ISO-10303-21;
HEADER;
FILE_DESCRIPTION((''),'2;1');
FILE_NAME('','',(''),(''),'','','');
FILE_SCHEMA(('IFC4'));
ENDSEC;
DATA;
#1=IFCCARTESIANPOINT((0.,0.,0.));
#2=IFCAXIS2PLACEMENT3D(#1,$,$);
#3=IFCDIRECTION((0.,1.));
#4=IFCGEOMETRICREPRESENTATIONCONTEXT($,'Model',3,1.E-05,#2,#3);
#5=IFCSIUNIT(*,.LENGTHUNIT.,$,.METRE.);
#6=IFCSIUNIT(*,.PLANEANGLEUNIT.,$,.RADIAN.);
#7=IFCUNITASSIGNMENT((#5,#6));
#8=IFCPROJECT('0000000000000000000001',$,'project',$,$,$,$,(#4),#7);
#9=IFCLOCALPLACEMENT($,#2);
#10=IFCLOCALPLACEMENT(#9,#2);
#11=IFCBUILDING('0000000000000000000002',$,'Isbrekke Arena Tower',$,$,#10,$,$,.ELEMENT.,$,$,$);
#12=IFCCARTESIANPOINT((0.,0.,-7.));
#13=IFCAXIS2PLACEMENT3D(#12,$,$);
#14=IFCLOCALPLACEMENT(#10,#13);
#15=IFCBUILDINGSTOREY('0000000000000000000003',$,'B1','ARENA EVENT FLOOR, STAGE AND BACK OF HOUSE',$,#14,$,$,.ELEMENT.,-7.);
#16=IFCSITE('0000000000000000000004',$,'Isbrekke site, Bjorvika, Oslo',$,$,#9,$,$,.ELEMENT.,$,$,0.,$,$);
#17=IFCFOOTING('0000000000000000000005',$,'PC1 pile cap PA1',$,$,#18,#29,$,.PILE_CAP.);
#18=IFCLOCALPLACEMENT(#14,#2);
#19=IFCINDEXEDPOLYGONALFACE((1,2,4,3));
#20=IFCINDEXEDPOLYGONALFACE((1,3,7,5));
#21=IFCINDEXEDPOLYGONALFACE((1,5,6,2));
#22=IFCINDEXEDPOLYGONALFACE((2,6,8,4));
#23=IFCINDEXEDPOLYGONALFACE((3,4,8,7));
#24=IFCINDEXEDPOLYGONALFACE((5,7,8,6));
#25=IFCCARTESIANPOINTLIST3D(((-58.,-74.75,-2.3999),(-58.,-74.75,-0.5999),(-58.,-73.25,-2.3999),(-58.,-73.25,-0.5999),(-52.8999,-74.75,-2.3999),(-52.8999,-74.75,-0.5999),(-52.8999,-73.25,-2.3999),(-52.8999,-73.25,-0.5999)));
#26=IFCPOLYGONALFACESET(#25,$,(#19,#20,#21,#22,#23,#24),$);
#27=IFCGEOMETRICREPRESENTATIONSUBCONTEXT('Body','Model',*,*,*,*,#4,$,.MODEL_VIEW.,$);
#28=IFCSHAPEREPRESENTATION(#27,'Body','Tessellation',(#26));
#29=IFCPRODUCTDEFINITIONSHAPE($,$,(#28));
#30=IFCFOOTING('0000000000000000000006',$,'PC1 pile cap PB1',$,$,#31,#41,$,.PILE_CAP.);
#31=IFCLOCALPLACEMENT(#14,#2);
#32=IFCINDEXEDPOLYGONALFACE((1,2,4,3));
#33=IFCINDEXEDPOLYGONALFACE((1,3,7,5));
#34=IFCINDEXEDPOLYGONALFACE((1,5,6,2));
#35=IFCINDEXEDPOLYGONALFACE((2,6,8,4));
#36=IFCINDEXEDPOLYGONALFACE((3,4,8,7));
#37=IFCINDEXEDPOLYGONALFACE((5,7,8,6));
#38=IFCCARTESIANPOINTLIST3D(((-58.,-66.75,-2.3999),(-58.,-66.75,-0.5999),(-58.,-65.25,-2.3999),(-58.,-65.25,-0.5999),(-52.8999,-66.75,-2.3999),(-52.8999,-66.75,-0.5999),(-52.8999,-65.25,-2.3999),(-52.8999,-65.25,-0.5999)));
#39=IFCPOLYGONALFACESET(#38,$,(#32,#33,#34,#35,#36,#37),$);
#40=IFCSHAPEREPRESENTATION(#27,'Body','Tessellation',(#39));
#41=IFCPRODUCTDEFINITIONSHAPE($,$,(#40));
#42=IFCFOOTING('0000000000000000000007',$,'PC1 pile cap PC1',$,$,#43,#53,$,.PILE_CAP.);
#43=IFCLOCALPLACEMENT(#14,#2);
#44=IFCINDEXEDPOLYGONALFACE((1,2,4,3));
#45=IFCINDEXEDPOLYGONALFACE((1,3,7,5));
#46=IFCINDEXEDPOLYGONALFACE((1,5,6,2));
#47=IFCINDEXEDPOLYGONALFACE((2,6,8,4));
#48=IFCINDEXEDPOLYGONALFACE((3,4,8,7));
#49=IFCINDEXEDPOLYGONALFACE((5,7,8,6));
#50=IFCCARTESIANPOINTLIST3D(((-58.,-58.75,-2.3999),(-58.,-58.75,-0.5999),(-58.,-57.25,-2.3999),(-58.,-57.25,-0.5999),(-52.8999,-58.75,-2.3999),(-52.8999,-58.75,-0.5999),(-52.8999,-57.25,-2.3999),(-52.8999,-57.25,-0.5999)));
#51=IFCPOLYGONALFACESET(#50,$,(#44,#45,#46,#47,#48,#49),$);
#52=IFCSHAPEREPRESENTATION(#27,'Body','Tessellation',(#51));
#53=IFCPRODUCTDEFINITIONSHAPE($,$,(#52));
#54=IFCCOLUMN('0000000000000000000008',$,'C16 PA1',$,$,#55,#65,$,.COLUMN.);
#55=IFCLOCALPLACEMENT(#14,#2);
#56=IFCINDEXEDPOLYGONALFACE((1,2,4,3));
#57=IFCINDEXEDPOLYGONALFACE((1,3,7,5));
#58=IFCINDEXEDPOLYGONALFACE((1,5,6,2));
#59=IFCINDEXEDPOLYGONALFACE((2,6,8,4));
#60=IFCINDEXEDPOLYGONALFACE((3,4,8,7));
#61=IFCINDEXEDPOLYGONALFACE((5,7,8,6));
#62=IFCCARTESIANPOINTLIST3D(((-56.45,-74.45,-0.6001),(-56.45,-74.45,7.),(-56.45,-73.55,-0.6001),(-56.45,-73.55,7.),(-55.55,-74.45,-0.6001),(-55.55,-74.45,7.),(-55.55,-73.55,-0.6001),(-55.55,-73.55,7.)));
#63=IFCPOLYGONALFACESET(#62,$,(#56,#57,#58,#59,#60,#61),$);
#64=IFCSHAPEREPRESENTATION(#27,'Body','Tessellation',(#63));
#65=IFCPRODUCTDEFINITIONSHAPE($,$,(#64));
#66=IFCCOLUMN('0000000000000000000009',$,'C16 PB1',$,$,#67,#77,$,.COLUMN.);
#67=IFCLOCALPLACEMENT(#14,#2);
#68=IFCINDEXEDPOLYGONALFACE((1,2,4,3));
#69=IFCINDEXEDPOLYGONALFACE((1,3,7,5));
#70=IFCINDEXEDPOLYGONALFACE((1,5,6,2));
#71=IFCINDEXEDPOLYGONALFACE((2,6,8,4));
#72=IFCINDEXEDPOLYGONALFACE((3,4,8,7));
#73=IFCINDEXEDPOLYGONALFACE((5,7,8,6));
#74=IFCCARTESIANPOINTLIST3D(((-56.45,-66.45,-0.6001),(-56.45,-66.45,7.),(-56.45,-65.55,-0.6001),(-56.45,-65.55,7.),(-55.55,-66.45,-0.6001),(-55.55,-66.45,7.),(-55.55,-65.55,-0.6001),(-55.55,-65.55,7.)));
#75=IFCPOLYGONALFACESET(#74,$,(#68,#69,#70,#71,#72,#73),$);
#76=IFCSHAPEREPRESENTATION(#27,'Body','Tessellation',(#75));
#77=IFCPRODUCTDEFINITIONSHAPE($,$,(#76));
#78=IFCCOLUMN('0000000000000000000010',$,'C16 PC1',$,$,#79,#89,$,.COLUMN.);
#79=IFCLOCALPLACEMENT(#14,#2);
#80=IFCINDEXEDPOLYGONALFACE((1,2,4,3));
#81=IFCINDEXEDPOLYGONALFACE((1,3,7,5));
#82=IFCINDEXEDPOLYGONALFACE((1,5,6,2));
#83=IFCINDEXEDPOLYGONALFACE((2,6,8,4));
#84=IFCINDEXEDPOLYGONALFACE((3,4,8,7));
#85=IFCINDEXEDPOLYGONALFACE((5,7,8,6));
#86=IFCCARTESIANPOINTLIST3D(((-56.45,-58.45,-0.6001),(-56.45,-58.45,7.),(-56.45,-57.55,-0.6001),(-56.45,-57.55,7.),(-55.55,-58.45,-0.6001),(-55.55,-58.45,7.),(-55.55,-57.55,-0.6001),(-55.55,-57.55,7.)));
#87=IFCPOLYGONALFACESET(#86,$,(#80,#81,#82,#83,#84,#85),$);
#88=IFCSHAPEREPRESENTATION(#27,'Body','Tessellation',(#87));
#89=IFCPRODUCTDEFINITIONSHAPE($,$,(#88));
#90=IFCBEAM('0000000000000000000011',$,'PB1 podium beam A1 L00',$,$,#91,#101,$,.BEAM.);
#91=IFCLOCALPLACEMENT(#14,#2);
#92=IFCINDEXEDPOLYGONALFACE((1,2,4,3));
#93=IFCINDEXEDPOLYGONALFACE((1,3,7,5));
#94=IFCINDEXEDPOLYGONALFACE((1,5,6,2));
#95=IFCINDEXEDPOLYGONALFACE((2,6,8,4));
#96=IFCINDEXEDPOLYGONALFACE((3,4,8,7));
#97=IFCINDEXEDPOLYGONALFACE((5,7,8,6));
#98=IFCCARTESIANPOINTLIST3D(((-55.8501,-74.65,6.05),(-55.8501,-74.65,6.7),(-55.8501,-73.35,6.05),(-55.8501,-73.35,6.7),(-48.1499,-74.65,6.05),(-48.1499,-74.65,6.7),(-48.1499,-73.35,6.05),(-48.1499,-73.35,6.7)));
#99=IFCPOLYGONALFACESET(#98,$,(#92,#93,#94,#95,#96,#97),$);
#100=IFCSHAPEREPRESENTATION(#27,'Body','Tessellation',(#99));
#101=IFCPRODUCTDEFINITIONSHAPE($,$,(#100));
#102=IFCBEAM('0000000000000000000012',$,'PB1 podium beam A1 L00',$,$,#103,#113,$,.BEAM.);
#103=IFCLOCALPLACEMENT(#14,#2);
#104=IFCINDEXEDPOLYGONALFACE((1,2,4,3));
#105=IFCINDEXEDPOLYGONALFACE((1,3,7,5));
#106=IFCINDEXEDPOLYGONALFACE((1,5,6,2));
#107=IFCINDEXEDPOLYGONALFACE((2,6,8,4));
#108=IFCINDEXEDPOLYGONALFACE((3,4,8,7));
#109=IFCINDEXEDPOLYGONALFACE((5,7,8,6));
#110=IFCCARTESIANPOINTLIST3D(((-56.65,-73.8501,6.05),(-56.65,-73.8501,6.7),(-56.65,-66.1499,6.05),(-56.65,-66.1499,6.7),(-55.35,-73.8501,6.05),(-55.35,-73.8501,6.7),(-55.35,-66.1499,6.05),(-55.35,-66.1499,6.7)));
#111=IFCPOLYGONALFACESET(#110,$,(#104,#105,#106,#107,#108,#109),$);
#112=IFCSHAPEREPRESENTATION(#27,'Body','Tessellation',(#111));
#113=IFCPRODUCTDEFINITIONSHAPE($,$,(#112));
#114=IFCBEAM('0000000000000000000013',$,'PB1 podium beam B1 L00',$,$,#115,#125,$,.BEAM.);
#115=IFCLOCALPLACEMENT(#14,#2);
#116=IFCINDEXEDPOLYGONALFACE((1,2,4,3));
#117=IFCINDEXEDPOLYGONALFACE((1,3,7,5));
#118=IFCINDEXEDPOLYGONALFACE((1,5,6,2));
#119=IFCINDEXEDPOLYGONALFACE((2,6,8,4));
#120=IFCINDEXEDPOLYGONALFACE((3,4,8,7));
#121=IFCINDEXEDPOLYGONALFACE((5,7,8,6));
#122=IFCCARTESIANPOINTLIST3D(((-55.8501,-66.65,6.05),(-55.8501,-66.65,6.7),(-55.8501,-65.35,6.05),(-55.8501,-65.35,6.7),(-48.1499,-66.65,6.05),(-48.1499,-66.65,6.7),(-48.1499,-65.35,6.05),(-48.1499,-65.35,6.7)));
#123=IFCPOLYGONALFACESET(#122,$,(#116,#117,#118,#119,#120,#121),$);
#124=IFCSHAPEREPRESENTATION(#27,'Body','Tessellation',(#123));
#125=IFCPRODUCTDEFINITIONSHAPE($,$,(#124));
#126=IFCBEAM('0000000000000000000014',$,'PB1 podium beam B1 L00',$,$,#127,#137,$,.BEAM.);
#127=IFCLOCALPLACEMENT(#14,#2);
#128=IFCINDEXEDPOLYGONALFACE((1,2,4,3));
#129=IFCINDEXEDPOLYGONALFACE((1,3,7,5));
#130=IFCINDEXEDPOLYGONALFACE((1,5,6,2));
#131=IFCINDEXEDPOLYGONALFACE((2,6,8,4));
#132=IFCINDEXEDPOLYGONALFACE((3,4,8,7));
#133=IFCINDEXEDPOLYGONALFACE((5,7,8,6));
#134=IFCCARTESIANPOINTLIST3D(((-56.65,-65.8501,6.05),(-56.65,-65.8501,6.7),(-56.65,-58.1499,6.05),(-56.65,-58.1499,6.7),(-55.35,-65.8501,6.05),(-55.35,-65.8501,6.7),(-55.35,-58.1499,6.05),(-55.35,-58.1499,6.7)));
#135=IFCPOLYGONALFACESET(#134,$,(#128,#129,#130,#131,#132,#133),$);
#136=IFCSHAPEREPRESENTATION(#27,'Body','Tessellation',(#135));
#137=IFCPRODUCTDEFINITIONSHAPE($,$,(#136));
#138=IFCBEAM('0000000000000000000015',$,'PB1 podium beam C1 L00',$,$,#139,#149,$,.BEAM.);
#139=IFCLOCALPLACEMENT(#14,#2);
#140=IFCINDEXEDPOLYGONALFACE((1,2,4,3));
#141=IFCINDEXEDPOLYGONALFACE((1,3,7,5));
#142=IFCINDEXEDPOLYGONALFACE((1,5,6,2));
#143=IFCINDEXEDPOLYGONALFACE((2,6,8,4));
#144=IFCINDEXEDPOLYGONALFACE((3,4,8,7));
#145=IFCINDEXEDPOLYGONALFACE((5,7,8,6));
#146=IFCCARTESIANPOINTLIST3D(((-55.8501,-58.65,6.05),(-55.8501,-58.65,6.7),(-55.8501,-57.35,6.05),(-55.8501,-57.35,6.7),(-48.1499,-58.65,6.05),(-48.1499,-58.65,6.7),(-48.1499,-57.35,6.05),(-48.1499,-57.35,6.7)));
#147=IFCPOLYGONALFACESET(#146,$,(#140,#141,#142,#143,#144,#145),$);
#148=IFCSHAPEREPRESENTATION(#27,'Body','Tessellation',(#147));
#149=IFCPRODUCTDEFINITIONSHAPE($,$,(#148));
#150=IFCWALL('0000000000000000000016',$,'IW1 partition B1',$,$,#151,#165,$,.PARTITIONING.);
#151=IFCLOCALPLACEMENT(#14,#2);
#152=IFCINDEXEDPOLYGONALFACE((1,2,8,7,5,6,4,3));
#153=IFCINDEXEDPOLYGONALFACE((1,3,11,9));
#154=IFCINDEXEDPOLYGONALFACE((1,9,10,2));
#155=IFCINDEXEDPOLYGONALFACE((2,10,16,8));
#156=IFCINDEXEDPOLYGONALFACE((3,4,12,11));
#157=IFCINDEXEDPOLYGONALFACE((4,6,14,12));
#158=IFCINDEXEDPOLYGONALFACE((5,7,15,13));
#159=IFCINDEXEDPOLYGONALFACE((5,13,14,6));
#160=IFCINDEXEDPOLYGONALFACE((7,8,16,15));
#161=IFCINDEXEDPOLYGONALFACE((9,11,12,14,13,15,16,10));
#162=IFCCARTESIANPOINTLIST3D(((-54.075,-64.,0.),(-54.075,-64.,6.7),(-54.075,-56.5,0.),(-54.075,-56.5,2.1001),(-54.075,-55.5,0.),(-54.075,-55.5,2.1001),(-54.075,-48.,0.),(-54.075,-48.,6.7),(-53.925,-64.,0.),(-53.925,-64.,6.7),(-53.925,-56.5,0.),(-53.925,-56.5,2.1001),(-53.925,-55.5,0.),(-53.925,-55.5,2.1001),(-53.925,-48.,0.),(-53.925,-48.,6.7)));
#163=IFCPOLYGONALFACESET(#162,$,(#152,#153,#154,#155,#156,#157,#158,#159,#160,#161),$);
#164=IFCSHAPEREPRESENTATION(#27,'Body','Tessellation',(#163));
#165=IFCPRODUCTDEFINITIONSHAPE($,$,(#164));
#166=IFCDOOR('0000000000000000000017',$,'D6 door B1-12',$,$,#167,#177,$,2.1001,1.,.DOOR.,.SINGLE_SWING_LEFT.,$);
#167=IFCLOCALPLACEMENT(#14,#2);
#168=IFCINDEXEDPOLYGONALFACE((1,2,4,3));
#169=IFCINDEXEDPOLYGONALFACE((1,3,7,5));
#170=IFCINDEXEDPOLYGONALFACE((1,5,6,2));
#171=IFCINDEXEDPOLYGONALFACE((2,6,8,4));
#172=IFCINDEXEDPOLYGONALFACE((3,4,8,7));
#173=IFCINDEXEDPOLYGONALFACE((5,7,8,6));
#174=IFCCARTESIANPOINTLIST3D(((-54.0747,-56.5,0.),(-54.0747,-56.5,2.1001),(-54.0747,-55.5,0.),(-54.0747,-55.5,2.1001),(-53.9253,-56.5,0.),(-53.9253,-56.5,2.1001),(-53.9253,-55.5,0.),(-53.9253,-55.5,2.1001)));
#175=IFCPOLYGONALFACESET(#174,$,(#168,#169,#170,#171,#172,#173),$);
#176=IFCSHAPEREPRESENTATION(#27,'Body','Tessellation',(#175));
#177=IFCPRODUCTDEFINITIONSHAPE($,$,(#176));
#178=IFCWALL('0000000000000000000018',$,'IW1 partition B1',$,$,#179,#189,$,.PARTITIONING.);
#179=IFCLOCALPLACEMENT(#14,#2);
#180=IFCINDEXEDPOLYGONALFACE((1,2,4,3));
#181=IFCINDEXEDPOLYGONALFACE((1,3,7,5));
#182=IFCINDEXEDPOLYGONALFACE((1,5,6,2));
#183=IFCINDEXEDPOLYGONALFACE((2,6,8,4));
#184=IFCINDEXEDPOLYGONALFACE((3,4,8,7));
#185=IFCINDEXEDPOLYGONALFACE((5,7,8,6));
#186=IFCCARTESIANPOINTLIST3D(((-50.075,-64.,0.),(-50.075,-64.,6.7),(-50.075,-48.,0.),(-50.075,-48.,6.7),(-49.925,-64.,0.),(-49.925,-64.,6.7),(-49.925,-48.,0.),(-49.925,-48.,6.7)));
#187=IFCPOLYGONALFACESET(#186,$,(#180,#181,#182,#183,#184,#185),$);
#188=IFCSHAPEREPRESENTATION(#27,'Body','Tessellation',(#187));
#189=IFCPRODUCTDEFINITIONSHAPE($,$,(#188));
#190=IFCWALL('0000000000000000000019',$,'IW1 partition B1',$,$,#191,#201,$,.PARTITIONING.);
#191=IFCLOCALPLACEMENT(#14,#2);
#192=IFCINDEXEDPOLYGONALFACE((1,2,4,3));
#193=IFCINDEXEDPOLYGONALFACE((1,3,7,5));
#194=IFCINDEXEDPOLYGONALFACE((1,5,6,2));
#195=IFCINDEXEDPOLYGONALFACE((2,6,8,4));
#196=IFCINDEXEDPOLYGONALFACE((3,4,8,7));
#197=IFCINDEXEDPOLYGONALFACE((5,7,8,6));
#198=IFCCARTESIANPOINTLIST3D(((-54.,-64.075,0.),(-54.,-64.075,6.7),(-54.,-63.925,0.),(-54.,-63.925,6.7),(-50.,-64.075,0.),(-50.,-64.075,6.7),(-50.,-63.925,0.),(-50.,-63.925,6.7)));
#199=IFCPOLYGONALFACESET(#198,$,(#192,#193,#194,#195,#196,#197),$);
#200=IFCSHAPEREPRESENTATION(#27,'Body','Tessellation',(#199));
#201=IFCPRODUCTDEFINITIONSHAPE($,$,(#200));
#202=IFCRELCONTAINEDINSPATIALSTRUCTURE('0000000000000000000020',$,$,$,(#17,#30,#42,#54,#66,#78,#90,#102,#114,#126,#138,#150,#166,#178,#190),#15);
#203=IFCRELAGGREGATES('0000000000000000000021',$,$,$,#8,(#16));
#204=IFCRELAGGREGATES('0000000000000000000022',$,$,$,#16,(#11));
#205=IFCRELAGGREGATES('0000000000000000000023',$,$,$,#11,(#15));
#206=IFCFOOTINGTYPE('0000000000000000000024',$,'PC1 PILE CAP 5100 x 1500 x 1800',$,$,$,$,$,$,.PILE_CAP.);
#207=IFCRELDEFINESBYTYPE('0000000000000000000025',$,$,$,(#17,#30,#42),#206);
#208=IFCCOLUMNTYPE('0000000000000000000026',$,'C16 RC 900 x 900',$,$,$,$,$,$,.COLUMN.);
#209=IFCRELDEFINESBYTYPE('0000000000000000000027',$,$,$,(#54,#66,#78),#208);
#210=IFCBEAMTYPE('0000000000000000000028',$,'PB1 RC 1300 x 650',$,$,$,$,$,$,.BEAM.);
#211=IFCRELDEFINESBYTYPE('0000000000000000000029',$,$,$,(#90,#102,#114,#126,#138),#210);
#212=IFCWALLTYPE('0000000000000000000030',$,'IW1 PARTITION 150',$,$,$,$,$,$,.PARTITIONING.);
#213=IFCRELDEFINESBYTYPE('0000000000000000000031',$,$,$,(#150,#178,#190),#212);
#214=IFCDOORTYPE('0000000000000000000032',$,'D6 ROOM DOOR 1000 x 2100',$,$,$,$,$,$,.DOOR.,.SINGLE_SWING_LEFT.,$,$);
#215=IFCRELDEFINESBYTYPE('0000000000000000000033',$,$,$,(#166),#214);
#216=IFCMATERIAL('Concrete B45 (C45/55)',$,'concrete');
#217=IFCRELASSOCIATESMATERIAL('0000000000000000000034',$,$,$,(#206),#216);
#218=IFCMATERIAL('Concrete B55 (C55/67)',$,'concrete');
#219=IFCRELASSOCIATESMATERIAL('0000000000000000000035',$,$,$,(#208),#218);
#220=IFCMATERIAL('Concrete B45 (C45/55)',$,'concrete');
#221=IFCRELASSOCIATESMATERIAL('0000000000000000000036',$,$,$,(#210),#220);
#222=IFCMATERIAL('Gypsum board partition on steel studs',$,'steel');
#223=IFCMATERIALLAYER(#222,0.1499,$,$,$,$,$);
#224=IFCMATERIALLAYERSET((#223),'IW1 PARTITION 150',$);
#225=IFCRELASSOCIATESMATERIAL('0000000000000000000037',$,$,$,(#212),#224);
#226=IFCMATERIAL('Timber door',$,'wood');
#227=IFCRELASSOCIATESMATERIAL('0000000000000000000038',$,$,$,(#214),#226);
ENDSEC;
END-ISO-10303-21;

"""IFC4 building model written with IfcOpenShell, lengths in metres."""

from ifc_helpers import new_model, si_unit, direction, frame, frame_2d, origin, origin_2d, place, context, subcontext, project, spatial, rectangle, extrude, material, layer, layer_set, material_profile, profile_set, type_object, element, fill, save


model = new_model("IFC4")

# Units and contexts
model_context = context("Model", 3, precision=1e-05, world=origin(), true_north=direction((0.0, 1.0)))
body_context = subcontext(model_context, "Body", "Model", "MODEL_VIEW")
ifc_project = project(units=[si_unit("LENGTHUNIT", "METRE"), si_unit("PLANEANGLEUNIT", "RADIAN")], contexts=[model_context])

# Site, building, storey
site_placement = place(None, origin())
site = spatial("IfcSite", under=ifc_project, at=site_placement, Name="Isbrekke site, Bjorvika, Oslo", CompositionType="ELEMENT", RefElevation=0.0)
building_placement = place(site_placement, origin())
building = spatial("IfcBuilding", under=site, at=building_placement, Name="Isbrekke Arena Tower", CompositionType="ELEMENT")
storey_placement = place(building_placement, frame((0.0, 0.0, -7.0)))
storey = spatial("IfcBuildingStorey", under=building, at=storey_placement, Name="B1", Description="ARENA EVENT FLOOR, STAGE AND BACK OF HOUSE", CompositionType="ELEMENT", Elevation=-7.0)

# Footings
ifc_material_1 = material(Name="Concrete B45 (C45/55)", Category="concrete")
footing_type = type_object("IfcFootingType", Name="PC1 PILE CAP 5100 x 1500 x 1800", PredefinedType="PILE_CAP", material=ifc_material_1)
for number, where, z_axis, x_axis, name in (
    (1, (-55.45, -74.0, -2.3999), (0.0, 0.0, 1.0), (1.0, 0.0, 0.0), "PC1 pile cap PA1"),
    (2, (-55.45, -66.0, -2.3999), (0.0, 0.0, 1.0), (1.0, 0.0, 0.0), "PC1 pile cap PB1"),
    (3, (-55.45, -58.0, -2.3999), (0.0, 0.0, 1.0), (1.0, 0.0, 0.0), "PC1 pile cap PC1"),
):
    element("IfcFooting", number, at=place(storey_placement, frame(where, z_axis=z_axis, x_axis=x_axis)), inside=storey, type_object=footing_type, Name=name, PredefinedType="PILE_CAP", context=body_context, shape_type="SweptSolid", body=[
        extrude(rectangle(XDim=5.1001, YDim=1.5, at=origin_2d()), origin(), (0.0, 0.0, 1.0), 1.8),
    ])

# Columns
ifc_material_2 = material(Name="Concrete B55 (C55/67)", Category="concrete")
ifc_material_profile_1 = material_profile(ifc_material_2, rectangle(XDim=0.8999, YDim=0.8999, at=origin_2d()), Name="RC 900x900")
ifc_profile_set_1 = profile_set([ifc_material_profile_1], Name="Concrete B55 (C55/67)")
column_type = type_object("IfcColumnType", Name="C16 RC 900 x 900", PredefinedType="COLUMN", material=ifc_profile_set_1)
for number, where, z_axis, x_axis, name in (
    (4, (-56.0, -74.0, -0.6001), (0.0, 0.0, 1.0), (1.0, 0.0, 0.0), "C16 PA1"),
    (5, (-56.0, -66.0, -0.6001), (0.0, 0.0, 1.0), (1.0, 0.0, 0.0), "C16 PB1"),
    (6, (-56.0, -58.0, -0.6001), (0.0, 0.0, 1.0), (1.0, 0.0, 0.0), "C16 PC1"),
):
    element("IfcColumn", number, at=place(storey_placement, frame(where, z_axis=z_axis, x_axis=x_axis)), inside=storey, type_object=column_type, Name=name, PredefinedType="COLUMN", context=body_context, shape_type="SweptSolid", body=[
        extrude(rectangle(XDim=0.8999, YDim=0.8999, at=origin_2d()), origin(), (0.0, 0.0, 1.0), 7.6001),
    ])

# Beams
ifc_material_3 = material(Name="Concrete B45 (C45/55)", Category="concrete")
ifc_material_profile_2 = material_profile(ifc_material_3, rectangle(XDim=1.3, YDim=0.6499, at=origin_2d()), Name="RC 1300x650")
ifc_profile_set_2 = profile_set([ifc_material_profile_2], Name="Concrete B45 (C45/55)")
beam_type = type_object("IfcBeamType", Name="PB1 RC 1300 x 650", PredefinedType="BEAM", material=ifc_profile_set_2)
for number, where, z_axis, x_axis, name in (
    (7, (-55.8501, -74.0, 6.375), (1.0, 0.0, 0.0), (0.0, 1.0, 0.0), "PB1 podium beam A1 L00"),
    (8, (-56.0, -73.8501, 6.375), (0.0, 1.0, 0.0), (-1.0, 0.0, 0.0), "PB1 podium beam A1 L00"),
    (9, (-55.8501, -66.0, 6.375), (1.0, 0.0, 0.0), (0.0, 1.0, 0.0), "PB1 podium beam B1 L00"),
    (10, (-56.0, -65.8501, 6.375), (0.0, 1.0, 0.0), (-1.0, 0.0, 0.0), "PB1 podium beam B1 L00"),
    (11, (-55.8501, -58.0, 6.375), (1.0, 0.0, 0.0), (0.0, 1.0, 0.0), "PB1 podium beam C1 L00"),
):
    element("IfcBeam", number, at=place(storey_placement, frame(where, z_axis=z_axis, x_axis=x_axis)), inside=storey, type_object=beam_type, Name=name, PredefinedType="BEAM", context=body_context, shape_type="SweptSolid", body=[
        extrude(rectangle(XDim=1.3, YDim=0.6499, at=origin_2d()), origin(), (0.0, 0.0, 1.0), 7.7002),
    ])

# Wall, opening, door
ifc_material_4 = material(Name="Gypsum board partition on steel studs", Category="steel")
ifc_layer_1 = layer(ifc_material_4, 0.1499)
ifc_layer_set_1 = layer_set([ifc_layer_1], Name="IW1 PARTITION 150")
wall_type_1 = type_object("IfcWallType", Name="IW1 PARTITION 150", PredefinedType="PARTITIONING", material=ifc_layer_set_1)
wall_1_placement = place(storey_placement, frame((-54.0, -64.0, 0.0), z_axis=(0.0, 0.0, 1.0), x_axis=(0.0, 1.0, 0.0)))
wall_1 = element("IfcWall", 12, at=wall_1_placement, inside=storey, type_object=wall_type_1, Name="IW1 partition B1", PredefinedType="PARTITIONING", context=body_context, shape_type="SweptSolid", body=[
    extrude(rectangle(XDim=16.0, YDim=0.1499, at=frame_2d((8.0, 0.0))), origin(), (0.0, 0.0, 1.0), 6.7),
])
opening_placement = place(wall_1_placement, frame((7.5, 0.0, 0.0)))
opening = element("IfcOpeningElement", 13, at=opening_placement, cuts=wall_1, PredefinedType="OPENING", context=body_context, shape_type="SweptSolid", body=[
    extrude(rectangle(XDim=1.0, YDim=2.1001, at=frame_2d((0.5, 1.05))), frame((0.0, 0.0898, 0.0), z_axis=(0.0, -1.0, 0.0), x_axis=(1.0, 0.0, 0.0)), (0.0, 0.0, 1.0), 0.1797),
])
ifc_material_5 = material(Name="Timber door", Category="wood")
door_type = type_object("IfcDoorType", Name="D6 ROOM DOOR 1000 x 2100", OperationType="SINGLE_SWING_LEFT", PredefinedType="DOOR", material=ifc_material_5)
door_placement = place(opening_placement, origin())
door = element("IfcDoor", 14, at=door_placement, inside=storey, type_object=door_type, Name="D6 door B1-12", OperationType="SINGLE_SWING_LEFT", OverallHeight=2.1001, OverallWidth=1.0, PredefinedType="DOOR", context=body_context, shape_type="SweptSolid", body=[
    extrude(rectangle(XDim=1.0, YDim=2.1001, at=frame_2d((0.5, 1.05))), frame((0.0, 0.0747, 0.0), z_axis=(0.0, -1.0, 0.0), x_axis=(1.0, 0.0, 0.0)), (0.0, 0.0, 1.0), 0.1494),
])
fill(opening, door)

# Walls
wall_2_placement = place(storey_placement, frame((-50.0, -64.0, 0.0), z_axis=(0.0, 0.0, 1.0), x_axis=(0.0, 1.0, 0.0)))
element("IfcWall", 15, at=wall_2_placement, inside=storey, type_object=wall_type_1, Name="IW1 partition B1", PredefinedType="PARTITIONING", context=body_context, shape_type="SweptSolid", body=[
    extrude(rectangle(XDim=16.0, YDim=0.1499, at=frame_2d((8.0, 0.0))), origin(), (0.0, 0.0, 1.0), 6.7),
])
wall_3_placement = place(storey_placement, frame((-54.0, -64.0, 0.0), z_axis=(0.0, 0.0, 1.0), x_axis=(1.0, 0.0, 0.0)))
element("IfcWall", 16, at=wall_3_placement, inside=storey, type_object=wall_type_1, Name="IW1 partition B1", PredefinedType="PARTITIONING", context=body_context, shape_type="SweptSolid", body=[
    extrude(rectangle(XDim=4.0, YDim=0.1499, at=frame_2d((2.0, 0.0))), origin(), (0.0, 0.0, 1.0), 6.7),
])

save(model, "model.ifc")
